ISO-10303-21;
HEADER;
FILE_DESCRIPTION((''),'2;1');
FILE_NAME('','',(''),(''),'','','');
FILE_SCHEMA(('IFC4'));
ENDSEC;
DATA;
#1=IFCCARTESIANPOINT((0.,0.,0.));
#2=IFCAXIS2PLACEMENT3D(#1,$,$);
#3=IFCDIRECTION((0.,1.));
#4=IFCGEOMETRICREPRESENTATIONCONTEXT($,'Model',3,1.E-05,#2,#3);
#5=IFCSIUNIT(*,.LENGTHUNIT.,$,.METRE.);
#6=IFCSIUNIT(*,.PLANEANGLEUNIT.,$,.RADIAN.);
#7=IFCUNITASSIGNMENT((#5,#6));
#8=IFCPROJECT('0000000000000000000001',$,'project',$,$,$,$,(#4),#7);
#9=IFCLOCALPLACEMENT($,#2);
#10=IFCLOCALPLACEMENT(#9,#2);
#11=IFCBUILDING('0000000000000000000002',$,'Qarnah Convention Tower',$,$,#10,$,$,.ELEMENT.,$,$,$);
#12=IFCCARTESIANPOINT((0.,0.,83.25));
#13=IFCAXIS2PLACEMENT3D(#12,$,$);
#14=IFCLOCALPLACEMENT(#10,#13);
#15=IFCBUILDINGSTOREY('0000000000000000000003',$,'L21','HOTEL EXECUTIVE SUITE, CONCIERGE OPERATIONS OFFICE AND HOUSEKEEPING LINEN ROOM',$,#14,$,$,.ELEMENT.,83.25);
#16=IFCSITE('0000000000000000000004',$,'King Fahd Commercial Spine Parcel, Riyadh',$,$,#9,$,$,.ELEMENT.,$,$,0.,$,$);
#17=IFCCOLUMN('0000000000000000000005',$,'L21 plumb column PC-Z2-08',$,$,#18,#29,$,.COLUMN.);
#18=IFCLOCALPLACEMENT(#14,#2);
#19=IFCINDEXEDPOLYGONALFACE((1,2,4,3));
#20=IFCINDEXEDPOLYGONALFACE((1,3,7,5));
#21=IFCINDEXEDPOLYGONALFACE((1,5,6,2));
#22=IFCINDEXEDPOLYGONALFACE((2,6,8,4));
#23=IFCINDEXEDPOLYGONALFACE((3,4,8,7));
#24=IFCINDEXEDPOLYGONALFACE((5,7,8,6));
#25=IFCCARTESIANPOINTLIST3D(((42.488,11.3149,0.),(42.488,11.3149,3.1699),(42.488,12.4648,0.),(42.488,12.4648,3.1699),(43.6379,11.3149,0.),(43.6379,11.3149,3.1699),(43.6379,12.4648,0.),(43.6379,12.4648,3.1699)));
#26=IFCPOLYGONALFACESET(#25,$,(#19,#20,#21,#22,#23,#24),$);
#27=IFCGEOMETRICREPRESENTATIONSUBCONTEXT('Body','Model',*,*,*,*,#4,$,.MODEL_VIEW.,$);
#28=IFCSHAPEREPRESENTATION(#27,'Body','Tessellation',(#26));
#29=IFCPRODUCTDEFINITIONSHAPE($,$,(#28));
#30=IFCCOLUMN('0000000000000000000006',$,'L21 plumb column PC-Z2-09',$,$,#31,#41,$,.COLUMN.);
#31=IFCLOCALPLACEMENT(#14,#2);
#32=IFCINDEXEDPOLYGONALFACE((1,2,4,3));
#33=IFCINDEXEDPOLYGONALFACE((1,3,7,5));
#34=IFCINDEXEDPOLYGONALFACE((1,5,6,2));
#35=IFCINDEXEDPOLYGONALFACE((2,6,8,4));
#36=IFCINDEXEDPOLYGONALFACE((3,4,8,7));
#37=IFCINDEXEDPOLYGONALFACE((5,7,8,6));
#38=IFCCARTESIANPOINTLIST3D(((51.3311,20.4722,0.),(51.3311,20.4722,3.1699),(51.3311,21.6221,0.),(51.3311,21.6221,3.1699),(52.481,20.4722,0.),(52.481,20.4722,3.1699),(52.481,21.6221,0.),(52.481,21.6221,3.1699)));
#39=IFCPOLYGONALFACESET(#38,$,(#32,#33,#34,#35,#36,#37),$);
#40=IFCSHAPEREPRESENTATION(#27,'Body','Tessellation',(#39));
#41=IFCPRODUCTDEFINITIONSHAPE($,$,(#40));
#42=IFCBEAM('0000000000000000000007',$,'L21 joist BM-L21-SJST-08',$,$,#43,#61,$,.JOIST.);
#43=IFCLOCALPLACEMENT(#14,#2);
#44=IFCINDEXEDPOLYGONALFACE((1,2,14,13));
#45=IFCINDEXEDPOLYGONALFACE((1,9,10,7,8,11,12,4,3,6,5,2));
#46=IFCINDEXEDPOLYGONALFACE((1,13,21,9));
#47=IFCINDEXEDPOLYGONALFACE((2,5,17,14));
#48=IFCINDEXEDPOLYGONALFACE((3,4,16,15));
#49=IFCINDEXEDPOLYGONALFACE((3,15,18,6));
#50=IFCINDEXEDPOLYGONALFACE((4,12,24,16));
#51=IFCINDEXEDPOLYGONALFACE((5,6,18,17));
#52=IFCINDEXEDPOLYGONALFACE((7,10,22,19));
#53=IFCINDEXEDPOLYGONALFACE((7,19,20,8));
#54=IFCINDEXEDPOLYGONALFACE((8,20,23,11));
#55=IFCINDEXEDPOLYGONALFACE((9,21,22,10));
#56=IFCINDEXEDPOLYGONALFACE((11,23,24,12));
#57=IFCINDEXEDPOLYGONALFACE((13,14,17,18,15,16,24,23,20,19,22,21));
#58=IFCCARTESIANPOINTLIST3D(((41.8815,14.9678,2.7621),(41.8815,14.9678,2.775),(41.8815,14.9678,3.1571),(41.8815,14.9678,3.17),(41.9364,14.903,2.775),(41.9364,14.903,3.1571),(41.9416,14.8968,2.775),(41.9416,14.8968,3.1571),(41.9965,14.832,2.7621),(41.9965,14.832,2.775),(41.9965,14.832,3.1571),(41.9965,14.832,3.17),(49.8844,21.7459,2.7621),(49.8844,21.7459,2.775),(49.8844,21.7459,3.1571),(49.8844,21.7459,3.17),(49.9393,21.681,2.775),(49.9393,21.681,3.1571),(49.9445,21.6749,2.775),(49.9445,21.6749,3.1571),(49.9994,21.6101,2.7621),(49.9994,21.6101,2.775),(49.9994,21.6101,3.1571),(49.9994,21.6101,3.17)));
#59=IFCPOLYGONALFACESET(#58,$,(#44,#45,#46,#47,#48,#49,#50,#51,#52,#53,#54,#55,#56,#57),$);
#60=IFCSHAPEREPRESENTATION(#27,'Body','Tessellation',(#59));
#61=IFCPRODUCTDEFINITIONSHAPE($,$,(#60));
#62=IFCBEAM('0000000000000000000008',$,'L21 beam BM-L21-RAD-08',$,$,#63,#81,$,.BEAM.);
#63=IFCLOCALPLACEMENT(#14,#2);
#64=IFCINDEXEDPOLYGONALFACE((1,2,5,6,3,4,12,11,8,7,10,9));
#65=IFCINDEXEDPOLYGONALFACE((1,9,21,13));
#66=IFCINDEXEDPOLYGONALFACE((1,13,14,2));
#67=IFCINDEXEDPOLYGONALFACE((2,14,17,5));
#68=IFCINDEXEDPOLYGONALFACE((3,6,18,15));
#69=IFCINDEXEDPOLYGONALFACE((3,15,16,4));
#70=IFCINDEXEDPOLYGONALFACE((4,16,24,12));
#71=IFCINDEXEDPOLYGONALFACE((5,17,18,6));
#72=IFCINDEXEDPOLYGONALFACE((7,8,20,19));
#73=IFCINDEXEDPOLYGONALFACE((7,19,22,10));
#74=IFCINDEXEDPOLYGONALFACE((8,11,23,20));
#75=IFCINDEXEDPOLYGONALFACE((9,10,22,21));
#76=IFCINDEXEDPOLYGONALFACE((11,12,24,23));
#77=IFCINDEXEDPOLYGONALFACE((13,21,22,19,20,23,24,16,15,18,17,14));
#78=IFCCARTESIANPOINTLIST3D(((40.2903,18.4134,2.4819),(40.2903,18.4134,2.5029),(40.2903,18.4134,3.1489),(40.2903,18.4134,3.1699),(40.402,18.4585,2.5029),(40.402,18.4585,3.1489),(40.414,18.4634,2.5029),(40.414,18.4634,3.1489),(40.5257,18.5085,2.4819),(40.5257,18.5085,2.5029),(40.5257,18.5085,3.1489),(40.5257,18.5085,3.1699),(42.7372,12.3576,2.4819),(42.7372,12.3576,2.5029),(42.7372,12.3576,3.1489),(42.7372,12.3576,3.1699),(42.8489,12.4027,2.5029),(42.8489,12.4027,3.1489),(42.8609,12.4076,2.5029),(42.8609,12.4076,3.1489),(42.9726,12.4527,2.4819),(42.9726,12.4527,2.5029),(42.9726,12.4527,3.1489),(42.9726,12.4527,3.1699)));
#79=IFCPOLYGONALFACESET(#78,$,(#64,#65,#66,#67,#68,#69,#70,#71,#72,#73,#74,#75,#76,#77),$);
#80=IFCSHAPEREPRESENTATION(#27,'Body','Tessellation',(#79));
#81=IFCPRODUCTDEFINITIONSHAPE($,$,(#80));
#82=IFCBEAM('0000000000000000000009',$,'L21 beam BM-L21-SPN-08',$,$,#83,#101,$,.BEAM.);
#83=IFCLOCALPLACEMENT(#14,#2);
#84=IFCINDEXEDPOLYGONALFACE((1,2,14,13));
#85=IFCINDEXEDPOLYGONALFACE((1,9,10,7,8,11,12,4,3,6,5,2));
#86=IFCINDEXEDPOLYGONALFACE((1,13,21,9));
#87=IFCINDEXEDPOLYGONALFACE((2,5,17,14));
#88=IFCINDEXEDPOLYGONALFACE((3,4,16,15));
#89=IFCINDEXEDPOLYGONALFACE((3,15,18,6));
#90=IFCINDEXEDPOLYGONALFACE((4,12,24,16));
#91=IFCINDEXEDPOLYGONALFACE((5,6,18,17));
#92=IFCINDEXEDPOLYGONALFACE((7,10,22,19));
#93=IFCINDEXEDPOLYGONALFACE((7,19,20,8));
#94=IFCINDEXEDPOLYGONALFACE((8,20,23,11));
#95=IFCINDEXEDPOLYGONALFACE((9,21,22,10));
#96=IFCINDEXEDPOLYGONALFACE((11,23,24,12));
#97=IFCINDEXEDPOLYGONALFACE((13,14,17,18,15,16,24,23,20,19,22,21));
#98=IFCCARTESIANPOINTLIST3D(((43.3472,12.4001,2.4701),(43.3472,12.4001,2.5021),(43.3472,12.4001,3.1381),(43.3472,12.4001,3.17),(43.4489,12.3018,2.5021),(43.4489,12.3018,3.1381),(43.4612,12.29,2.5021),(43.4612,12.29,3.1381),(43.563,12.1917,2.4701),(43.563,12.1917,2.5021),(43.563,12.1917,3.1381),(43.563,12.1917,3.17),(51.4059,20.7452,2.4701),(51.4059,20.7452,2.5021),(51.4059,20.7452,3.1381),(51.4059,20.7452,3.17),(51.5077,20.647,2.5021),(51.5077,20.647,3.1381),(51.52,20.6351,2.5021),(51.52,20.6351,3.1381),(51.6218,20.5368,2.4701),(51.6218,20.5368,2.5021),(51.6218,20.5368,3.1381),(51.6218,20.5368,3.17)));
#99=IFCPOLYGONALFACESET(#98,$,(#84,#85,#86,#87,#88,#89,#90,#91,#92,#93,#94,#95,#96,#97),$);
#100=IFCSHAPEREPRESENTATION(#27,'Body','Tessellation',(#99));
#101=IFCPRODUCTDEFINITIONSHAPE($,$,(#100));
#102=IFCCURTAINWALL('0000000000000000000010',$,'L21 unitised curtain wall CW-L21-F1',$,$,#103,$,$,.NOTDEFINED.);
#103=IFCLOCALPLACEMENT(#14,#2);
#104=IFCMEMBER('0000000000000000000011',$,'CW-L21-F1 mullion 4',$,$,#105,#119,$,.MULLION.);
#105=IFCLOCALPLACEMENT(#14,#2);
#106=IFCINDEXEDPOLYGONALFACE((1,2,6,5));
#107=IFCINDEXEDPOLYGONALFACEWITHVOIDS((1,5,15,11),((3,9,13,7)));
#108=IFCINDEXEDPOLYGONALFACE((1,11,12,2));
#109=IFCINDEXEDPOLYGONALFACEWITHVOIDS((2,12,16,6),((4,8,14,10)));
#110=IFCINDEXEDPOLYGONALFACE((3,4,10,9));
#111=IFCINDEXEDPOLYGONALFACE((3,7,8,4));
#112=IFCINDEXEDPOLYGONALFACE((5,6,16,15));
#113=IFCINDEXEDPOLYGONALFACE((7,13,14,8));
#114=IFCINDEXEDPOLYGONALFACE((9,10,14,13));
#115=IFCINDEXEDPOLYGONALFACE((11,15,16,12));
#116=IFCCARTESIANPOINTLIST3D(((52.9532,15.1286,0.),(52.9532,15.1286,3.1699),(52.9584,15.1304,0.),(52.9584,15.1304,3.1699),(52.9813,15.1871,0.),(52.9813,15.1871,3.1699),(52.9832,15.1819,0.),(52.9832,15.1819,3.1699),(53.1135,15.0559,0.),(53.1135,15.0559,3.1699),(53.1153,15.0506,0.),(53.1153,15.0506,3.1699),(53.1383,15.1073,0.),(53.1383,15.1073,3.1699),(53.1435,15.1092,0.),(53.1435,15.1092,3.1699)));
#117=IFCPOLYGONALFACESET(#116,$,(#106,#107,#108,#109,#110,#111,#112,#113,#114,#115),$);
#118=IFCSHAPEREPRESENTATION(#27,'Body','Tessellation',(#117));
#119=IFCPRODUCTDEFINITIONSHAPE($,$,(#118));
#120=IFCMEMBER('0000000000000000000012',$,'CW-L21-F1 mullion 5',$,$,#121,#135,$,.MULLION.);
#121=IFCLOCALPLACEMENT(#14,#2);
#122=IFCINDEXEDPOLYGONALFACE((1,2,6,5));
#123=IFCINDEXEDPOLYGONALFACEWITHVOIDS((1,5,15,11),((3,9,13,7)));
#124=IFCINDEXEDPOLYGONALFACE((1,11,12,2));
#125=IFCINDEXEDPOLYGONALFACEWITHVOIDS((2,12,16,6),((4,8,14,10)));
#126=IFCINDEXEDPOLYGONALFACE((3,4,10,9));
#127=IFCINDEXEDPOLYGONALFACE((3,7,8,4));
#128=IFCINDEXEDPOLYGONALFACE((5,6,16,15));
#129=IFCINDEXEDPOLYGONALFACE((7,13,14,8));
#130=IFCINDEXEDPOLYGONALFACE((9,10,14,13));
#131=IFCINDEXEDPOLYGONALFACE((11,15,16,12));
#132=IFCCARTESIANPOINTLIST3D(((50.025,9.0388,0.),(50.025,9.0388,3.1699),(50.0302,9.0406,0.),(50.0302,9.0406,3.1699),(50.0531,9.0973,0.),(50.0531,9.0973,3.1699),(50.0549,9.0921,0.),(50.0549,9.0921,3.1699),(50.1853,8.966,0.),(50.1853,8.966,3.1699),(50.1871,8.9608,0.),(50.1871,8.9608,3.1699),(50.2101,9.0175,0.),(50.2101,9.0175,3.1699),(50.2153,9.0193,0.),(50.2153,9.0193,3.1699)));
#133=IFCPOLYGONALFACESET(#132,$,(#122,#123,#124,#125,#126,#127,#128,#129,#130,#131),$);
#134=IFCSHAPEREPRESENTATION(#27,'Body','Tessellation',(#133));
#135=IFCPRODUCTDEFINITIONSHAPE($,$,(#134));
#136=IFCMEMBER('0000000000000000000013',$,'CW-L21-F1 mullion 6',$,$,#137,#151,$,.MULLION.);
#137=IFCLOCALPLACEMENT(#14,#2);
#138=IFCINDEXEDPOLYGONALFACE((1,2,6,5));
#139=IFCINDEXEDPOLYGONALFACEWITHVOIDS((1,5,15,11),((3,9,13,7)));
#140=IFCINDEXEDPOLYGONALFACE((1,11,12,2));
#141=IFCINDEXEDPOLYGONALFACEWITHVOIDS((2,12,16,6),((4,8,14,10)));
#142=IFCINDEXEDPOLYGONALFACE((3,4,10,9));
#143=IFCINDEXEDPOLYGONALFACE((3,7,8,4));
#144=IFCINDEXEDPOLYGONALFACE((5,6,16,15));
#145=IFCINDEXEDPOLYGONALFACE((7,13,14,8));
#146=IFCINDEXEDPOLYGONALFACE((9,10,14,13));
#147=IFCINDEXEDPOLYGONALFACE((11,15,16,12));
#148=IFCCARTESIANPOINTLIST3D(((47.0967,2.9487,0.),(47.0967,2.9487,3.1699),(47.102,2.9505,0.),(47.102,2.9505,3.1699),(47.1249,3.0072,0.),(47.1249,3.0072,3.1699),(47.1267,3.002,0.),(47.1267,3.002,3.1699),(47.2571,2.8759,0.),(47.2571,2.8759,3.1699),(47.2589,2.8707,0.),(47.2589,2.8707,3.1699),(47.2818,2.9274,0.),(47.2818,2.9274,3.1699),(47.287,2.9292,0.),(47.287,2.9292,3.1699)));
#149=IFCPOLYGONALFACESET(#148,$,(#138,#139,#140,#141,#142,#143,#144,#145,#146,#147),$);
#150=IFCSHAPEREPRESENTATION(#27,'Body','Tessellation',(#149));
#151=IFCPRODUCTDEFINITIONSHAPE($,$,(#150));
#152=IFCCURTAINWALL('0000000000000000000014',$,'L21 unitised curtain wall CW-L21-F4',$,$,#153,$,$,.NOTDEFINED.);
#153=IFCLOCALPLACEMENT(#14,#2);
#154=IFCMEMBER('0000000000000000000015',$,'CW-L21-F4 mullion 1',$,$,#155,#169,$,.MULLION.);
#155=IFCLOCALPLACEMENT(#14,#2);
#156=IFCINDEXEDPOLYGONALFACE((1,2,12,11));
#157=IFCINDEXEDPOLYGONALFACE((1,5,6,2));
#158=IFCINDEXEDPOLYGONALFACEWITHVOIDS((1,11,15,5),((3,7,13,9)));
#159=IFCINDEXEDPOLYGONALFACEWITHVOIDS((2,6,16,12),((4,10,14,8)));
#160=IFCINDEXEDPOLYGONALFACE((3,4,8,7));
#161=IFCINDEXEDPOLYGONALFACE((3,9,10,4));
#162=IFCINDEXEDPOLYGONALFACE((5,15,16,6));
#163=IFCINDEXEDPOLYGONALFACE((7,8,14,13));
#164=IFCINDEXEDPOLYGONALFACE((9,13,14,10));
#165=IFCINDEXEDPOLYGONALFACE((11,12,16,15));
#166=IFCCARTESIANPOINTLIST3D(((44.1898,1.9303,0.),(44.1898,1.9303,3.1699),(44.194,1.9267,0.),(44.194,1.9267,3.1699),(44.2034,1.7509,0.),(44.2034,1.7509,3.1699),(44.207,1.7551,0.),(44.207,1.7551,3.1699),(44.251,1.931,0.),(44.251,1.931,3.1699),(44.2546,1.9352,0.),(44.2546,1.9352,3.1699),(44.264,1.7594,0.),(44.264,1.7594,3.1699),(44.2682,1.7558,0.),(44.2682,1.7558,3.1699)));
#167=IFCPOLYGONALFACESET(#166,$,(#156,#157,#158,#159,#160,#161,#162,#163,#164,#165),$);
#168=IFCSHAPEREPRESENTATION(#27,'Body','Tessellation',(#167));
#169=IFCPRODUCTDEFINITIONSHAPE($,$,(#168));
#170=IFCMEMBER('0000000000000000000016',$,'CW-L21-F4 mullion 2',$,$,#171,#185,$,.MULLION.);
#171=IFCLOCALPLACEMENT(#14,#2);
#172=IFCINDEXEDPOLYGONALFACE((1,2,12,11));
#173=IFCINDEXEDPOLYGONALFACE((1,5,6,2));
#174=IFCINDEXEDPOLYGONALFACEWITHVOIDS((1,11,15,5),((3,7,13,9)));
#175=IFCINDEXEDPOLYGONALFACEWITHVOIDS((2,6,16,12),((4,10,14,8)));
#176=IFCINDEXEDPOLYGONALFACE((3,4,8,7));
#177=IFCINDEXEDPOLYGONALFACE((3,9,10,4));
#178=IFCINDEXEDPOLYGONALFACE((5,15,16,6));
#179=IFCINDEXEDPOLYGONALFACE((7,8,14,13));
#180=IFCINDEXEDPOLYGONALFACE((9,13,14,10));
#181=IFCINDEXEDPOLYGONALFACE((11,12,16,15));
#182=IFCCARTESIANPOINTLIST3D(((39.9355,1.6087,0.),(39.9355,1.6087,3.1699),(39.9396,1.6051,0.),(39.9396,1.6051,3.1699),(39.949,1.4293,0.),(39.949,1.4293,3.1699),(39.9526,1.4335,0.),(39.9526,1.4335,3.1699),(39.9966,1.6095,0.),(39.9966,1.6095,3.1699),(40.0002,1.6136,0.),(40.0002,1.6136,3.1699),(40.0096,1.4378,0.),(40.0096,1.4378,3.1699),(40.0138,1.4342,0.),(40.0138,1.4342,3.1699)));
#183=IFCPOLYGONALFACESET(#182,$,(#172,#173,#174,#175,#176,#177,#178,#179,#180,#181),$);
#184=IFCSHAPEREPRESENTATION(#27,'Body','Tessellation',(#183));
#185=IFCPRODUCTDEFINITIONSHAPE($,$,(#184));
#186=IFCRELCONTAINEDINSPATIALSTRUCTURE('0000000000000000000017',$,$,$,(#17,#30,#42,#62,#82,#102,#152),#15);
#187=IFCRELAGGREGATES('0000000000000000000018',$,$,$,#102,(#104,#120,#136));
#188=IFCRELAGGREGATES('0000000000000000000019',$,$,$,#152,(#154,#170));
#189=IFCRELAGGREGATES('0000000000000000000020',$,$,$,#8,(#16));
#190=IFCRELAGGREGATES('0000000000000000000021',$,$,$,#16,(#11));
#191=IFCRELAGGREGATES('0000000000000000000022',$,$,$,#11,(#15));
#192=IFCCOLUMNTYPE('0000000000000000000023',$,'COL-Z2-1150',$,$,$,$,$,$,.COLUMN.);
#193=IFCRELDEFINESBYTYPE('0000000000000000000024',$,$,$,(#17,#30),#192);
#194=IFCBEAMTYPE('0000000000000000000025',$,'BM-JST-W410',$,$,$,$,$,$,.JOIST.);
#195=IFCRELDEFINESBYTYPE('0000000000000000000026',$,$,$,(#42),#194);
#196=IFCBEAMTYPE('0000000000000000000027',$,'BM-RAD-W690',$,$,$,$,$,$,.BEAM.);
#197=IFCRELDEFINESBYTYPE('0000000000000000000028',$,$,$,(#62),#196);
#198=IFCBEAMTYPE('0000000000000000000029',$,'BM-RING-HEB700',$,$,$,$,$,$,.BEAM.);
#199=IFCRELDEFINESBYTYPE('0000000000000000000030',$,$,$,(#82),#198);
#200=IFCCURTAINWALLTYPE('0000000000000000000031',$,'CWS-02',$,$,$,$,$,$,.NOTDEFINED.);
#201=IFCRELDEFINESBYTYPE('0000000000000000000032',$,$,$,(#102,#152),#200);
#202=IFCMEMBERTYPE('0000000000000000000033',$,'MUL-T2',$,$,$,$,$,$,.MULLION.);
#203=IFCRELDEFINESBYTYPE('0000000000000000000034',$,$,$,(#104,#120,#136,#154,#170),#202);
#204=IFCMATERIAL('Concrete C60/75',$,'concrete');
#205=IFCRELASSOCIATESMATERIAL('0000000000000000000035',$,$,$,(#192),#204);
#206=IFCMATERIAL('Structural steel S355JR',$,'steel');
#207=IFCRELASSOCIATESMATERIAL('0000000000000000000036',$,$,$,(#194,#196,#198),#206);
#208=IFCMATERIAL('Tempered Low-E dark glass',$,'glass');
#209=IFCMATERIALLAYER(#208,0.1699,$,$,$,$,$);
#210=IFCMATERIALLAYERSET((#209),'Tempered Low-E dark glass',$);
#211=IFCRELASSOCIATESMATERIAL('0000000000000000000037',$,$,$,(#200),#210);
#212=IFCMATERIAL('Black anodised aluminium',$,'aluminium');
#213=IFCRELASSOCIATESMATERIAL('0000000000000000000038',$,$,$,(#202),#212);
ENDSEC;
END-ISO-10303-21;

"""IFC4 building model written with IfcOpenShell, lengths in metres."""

from ifc_helpers import new_model, si_unit, direction, frame, origin, origin_2d, place, context, subcontext, project, spatial, rectangle, hollow_rectangle, i_section, extrude, material, layer, layer_set, material_profile, profile_set, type_object, element, aggregate, save


model = new_model("IFC4")

# Units and contexts
model_context = context("Model", 3, precision=1e-05, world=origin(), true_north=direction((0.0, 1.0)))
body_context = subcontext(model_context, "Body", "Model", "MODEL_VIEW")
ifc_project = project(units=[si_unit("LENGTHUNIT", "METRE"), si_unit("PLANEANGLEUNIT", "RADIAN")], contexts=[model_context])

# Site, building, storey
site_placement = place(None, origin())
site = spatial("IfcSite", under=ifc_project, at=site_placement, Name="King Fahd Commercial Spine Parcel, Riyadh", CompositionType="ELEMENT", RefElevation=0.0)
building_placement = place(site_placement, origin())
building = spatial("IfcBuilding", under=site, at=building_placement, Name="Qarnah Convention Tower", CompositionType="ELEMENT")
storey_placement = place(building_placement, frame((0.0, 0.0, 83.25)))
storey = spatial("IfcBuildingStorey", under=building, at=storey_placement, Name="L21", Description="HOTEL EXECUTIVE SUITE, CONCIERGE OPERATIONS OFFICE AND HOUSEKEEPING LINEN ROOM", CompositionType="ELEMENT", Elevation=83.25)

# Columns
ifc_material_1 = material(Name="Concrete C60/75", Category="concrete")
ifc_material_profile_1 = material_profile(ifc_material_1, rectangle(XDim=1.1499, YDim=1.1499, at=origin_2d()), Name="RC-COL-1150X1150")
ifc_profile_set_1 = profile_set([ifc_material_profile_1], Name="Concrete C60/75")
column_type = type_object("IfcColumnType", Name="COL-Z2-1150", PredefinedType="COLUMN", material=ifc_profile_set_1)
for number, where, z_axis, x_axis, name in (
    (1, (43.063, 11.8899, 0.0), (0.0, 0.0, 1.0), (1.0, 0.0, 0.0), "L21 plumb column PC-Z2-08"),
    (2, (51.906, 21.0471, 0.0), (0.0, 0.0, 1.0), (1.0, 0.0, 0.0), "L21 plumb column PC-Z2-09"),
):
    element("IfcColumn", number, at=place(storey_placement, frame(where, z_axis=z_axis, x_axis=x_axis)), inside=storey, type_object=column_type, Name=name, PredefinedType="COLUMN", context=body_context, shape_type="SweptSolid", body=[
        extrude(rectangle(XDim=1.1499, YDim=1.1499, at=origin_2d()), origin(), (0.0, 0.0, 1.0), 3.1699),
    ])

# Beams
ifc_material_2 = material(Name="Structural steel S355JR", Category="steel")
ifc_material_profile_2 = material_profile(ifc_material_2, i_section(OverallWidth=0.178, OverallDepth=0.408, WebThickness=0.0081, FlangeThickness=0.0129, at=origin_2d()), Name="W410X60")
ifc_profile_set_2 = profile_set([ifc_material_profile_2], Name="Structural steel S355JR")
beam_type_1 = type_object("IfcBeamType", Name="BM-JST-W410", PredefinedType="JOIST", material=ifc_profile_set_2)
beam_1_placement = place(storey_placement, frame((41.939, 14.8999, 2.9661), z_axis=(0.763087, 0.646296, 0.0), x_axis=(-0.646296, 0.763087, 0.0)))
element("IfcBeam", 3, at=beam_1_placement, inside=storey, type_object=beam_type_1, Name="L21 joist BM-L21-SJST-08", PredefinedType="JOIST", context=body_context, shape_type="SweptSolid", body=[
    extrude(i_section(OverallWidth=0.178, OverallDepth=0.408, WebThickness=0.0081, FlangeThickness=0.0129, at=origin_2d()), origin(), (0.0, 0.0, 1.0), 10.4875),
])
ifc_material_profile_3 = material_profile(ifc_material_2, i_section(OverallWidth=0.2539, OverallDepth=0.688, WebThickness=0.0129, FlangeThickness=0.021, at=origin_2d()), Name="W690X152")
ifc_profile_set_3 = profile_set([ifc_material_profile_3], Name="Structural steel S355JR")
beam_type_2 = type_object("IfcBeamType", Name="BM-RAD-W690", PredefinedType="BEAM", material=ifc_profile_set_3)
beam_2_placement = place(storey_placement, frame((40.408, 18.4609, 2.8259), z_axis=(0.374643, -0.927169, 0.0), x_axis=(0.927169, 0.374643, 0.0)))
element("IfcBeam", 4, at=beam_2_placement, inside=storey, type_object=beam_type_2, Name="L21 beam BM-L21-RAD-08", PredefinedType="BEAM", context=body_context, shape_type="SweptSolid", body=[
    extrude(i_section(OverallWidth=0.2539, OverallDepth=0.688, WebThickness=0.0129, FlangeThickness=0.021, at=origin_2d()), origin(), (0.0, 0.0, 1.0), 6.5315),
])
ifc_material_profile_4 = material_profile(ifc_material_2, i_section(OverallWidth=0.3, OverallDepth=0.7, WebThickness=0.0171, FlangeThickness=0.032, at=origin_2d()), Name="HEB700")
ifc_profile_set_4 = profile_set([ifc_material_profile_4], Name="Structural steel S355JR")
beam_type_3 = type_object("IfcBeamType", Name="BM-RING-HEB700", PredefinedType="BEAM", material=ifc_profile_set_4)
beam_3_placement = place(storey_placement, frame((43.4551, 12.2959, 2.8201), z_axis=(0.694656, 0.719342, 0.0), x_axis=(-0.719342, 0.694656, 0.0)))
element("IfcBeam", 5, at=beam_3_placement, inside=storey, type_object=beam_type_3, Name="L21 beam BM-L21-SPN-08", PredefinedType="BEAM", context=body_context, shape_type="SweptSolid", body=[
    extrude(i_section(OverallWidth=0.3, OverallDepth=0.7, WebThickness=0.0171, FlangeThickness=0.032, at=origin_2d()), origin(), (0.0, 0.0, 1.0), 11.6011),
])

# Curtain walls, members
ifc_material_3 = material(Name="Tempered Low-E dark glass", Category="glass")
ifc_layer_1 = layer(ifc_material_3, 0.1699)
ifc_layer_set_1 = layer_set([ifc_layer_1], Name="Tempered Low-E dark glass")
curtain_wall_type = type_object("IfcCurtainWallType", Name="CWS-02", PredefinedType="NOTDEFINED", material=ifc_layer_set_1)
curtain_wall_1_placement = place(storey_placement, origin())
curtain_wall_1 = element("IfcCurtainWall", 6, at=curtain_wall_1_placement, inside=storey, type_object=curtain_wall_type, Name="L21 unitised curtain wall CW-L21-F1", PredefinedType="NOTDEFINED")
ifc_material_4 = material(Name="Black anodised aluminium", Category="aluminium")
ifc_material_profile_5 = material_profile(ifc_material_4, hollow_rectangle(XDim=0.0649, YDim=0.1799, WallThickness=0.0039, at=origin_2d()), Name="MUL-65X180")
ifc_profile_set_5 = profile_set([ifc_material_profile_5], Name="Black anodised aluminium")
member_type_1 = type_object("IfcMemberType", Name="MUL-T2", PredefinedType="MULLION", material=ifc_profile_set_5)
member_1_placement = place(storey_placement, frame((53.0483, 15.1189, 0.0), z_axis=(0.0, 0.0, 1.0), x_axis=(-0.433332, -0.901234, 0.0)))
member_1 = element("IfcMember", 7, at=member_1_placement, type_object=member_type_1, Name="CW-L21-F1 mullion 4", PredefinedType="MULLION", context=body_context, shape_type="SweptSolid", body=[
    extrude(hollow_rectangle(XDim=0.0649, YDim=0.1799, WallThickness=0.0039, at=origin_2d()), origin(), (0.0, 0.0, 1.0), 3.1699),
])
member_2_placement = place(storey_placement, frame((50.1201, 9.0291, 0.0), z_axis=(0.0, 0.0, 1.0), x_axis=(-0.433332, -0.901234, 0.0)))
member_2 = element("IfcMember", 8, at=member_2_placement, type_object=member_type_1, Name="CW-L21-F1 mullion 5", PredefinedType="MULLION", context=body_context, shape_type="SweptSolid", body=[
    extrude(hollow_rectangle(XDim=0.0649, YDim=0.1799, WallThickness=0.0039, at=origin_2d()), origin(), (0.0, 0.0, 1.0), 3.1699),
])
member_3_placement = place(storey_placement, frame((47.1919, 2.939, 0.0), z_axis=(0.0, 0.0, 1.0), x_axis=(-0.433332, -0.901234, 0.0)))
member_3 = element("IfcMember", 9, at=member_3_placement, type_object=member_type_1, Name="CW-L21-F1 mullion 6", PredefinedType="MULLION", context=body_context, shape_type="SweptSolid", body=[
    extrude(hollow_rectangle(XDim=0.0649, YDim=0.1799, WallThickness=0.0039, at=origin_2d()), origin(), (0.0, 0.0, 1.0), 3.1699),
])
curtain_wall_2_placement = place(storey_placement, origin())
curtain_wall_2 = element("IfcCurtainWall", 10, at=curtain_wall_2_placement, inside=storey, type_object=curtain_wall_type, Name="L21 unitised curtain wall CW-L21-F4", PredefinedType="NOTDEFINED")
member_4_placement = place(storey_placement, frame((44.229, 1.843, 0.0), z_axis=(0.0, 0.0, 1.0), x_axis=(-0.997157, -0.075352, 0.0)))
member_4 = element("IfcMember", 11, at=member_4_placement, type_object=member_type_1, Name="CW-L21-F4 mullion 1", PredefinedType="MULLION", context=body_context, shape_type="SweptSolid", body=[
    extrude(hollow_rectangle(XDim=0.0649, YDim=0.1799, WallThickness=0.0039, at=origin_2d()), origin(), (0.0, 0.0, 1.0), 3.1699),
])
member_5_placement = place(storey_placement, frame((39.9746, 1.5215, 0.0), z_axis=(0.0, 0.0, 1.0), x_axis=(-0.997157, -0.075352, 0.0)))
member_5 = element("IfcMember", 12, at=member_5_placement, type_object=member_type_1, Name="CW-L21-F4 mullion 2", PredefinedType="MULLION", context=body_context, shape_type="SweptSolid", body=[
    extrude(hollow_rectangle(XDim=0.0649, YDim=0.1799, WallThickness=0.0039, at=origin_2d()), origin(), (0.0, 0.0, 1.0), 3.1699),
])

aggregate(curtain_wall_1, [member_1, member_2, member_3])
aggregate(curtain_wall_2, [member_4, member_5])

save(model, "model.ifc")
